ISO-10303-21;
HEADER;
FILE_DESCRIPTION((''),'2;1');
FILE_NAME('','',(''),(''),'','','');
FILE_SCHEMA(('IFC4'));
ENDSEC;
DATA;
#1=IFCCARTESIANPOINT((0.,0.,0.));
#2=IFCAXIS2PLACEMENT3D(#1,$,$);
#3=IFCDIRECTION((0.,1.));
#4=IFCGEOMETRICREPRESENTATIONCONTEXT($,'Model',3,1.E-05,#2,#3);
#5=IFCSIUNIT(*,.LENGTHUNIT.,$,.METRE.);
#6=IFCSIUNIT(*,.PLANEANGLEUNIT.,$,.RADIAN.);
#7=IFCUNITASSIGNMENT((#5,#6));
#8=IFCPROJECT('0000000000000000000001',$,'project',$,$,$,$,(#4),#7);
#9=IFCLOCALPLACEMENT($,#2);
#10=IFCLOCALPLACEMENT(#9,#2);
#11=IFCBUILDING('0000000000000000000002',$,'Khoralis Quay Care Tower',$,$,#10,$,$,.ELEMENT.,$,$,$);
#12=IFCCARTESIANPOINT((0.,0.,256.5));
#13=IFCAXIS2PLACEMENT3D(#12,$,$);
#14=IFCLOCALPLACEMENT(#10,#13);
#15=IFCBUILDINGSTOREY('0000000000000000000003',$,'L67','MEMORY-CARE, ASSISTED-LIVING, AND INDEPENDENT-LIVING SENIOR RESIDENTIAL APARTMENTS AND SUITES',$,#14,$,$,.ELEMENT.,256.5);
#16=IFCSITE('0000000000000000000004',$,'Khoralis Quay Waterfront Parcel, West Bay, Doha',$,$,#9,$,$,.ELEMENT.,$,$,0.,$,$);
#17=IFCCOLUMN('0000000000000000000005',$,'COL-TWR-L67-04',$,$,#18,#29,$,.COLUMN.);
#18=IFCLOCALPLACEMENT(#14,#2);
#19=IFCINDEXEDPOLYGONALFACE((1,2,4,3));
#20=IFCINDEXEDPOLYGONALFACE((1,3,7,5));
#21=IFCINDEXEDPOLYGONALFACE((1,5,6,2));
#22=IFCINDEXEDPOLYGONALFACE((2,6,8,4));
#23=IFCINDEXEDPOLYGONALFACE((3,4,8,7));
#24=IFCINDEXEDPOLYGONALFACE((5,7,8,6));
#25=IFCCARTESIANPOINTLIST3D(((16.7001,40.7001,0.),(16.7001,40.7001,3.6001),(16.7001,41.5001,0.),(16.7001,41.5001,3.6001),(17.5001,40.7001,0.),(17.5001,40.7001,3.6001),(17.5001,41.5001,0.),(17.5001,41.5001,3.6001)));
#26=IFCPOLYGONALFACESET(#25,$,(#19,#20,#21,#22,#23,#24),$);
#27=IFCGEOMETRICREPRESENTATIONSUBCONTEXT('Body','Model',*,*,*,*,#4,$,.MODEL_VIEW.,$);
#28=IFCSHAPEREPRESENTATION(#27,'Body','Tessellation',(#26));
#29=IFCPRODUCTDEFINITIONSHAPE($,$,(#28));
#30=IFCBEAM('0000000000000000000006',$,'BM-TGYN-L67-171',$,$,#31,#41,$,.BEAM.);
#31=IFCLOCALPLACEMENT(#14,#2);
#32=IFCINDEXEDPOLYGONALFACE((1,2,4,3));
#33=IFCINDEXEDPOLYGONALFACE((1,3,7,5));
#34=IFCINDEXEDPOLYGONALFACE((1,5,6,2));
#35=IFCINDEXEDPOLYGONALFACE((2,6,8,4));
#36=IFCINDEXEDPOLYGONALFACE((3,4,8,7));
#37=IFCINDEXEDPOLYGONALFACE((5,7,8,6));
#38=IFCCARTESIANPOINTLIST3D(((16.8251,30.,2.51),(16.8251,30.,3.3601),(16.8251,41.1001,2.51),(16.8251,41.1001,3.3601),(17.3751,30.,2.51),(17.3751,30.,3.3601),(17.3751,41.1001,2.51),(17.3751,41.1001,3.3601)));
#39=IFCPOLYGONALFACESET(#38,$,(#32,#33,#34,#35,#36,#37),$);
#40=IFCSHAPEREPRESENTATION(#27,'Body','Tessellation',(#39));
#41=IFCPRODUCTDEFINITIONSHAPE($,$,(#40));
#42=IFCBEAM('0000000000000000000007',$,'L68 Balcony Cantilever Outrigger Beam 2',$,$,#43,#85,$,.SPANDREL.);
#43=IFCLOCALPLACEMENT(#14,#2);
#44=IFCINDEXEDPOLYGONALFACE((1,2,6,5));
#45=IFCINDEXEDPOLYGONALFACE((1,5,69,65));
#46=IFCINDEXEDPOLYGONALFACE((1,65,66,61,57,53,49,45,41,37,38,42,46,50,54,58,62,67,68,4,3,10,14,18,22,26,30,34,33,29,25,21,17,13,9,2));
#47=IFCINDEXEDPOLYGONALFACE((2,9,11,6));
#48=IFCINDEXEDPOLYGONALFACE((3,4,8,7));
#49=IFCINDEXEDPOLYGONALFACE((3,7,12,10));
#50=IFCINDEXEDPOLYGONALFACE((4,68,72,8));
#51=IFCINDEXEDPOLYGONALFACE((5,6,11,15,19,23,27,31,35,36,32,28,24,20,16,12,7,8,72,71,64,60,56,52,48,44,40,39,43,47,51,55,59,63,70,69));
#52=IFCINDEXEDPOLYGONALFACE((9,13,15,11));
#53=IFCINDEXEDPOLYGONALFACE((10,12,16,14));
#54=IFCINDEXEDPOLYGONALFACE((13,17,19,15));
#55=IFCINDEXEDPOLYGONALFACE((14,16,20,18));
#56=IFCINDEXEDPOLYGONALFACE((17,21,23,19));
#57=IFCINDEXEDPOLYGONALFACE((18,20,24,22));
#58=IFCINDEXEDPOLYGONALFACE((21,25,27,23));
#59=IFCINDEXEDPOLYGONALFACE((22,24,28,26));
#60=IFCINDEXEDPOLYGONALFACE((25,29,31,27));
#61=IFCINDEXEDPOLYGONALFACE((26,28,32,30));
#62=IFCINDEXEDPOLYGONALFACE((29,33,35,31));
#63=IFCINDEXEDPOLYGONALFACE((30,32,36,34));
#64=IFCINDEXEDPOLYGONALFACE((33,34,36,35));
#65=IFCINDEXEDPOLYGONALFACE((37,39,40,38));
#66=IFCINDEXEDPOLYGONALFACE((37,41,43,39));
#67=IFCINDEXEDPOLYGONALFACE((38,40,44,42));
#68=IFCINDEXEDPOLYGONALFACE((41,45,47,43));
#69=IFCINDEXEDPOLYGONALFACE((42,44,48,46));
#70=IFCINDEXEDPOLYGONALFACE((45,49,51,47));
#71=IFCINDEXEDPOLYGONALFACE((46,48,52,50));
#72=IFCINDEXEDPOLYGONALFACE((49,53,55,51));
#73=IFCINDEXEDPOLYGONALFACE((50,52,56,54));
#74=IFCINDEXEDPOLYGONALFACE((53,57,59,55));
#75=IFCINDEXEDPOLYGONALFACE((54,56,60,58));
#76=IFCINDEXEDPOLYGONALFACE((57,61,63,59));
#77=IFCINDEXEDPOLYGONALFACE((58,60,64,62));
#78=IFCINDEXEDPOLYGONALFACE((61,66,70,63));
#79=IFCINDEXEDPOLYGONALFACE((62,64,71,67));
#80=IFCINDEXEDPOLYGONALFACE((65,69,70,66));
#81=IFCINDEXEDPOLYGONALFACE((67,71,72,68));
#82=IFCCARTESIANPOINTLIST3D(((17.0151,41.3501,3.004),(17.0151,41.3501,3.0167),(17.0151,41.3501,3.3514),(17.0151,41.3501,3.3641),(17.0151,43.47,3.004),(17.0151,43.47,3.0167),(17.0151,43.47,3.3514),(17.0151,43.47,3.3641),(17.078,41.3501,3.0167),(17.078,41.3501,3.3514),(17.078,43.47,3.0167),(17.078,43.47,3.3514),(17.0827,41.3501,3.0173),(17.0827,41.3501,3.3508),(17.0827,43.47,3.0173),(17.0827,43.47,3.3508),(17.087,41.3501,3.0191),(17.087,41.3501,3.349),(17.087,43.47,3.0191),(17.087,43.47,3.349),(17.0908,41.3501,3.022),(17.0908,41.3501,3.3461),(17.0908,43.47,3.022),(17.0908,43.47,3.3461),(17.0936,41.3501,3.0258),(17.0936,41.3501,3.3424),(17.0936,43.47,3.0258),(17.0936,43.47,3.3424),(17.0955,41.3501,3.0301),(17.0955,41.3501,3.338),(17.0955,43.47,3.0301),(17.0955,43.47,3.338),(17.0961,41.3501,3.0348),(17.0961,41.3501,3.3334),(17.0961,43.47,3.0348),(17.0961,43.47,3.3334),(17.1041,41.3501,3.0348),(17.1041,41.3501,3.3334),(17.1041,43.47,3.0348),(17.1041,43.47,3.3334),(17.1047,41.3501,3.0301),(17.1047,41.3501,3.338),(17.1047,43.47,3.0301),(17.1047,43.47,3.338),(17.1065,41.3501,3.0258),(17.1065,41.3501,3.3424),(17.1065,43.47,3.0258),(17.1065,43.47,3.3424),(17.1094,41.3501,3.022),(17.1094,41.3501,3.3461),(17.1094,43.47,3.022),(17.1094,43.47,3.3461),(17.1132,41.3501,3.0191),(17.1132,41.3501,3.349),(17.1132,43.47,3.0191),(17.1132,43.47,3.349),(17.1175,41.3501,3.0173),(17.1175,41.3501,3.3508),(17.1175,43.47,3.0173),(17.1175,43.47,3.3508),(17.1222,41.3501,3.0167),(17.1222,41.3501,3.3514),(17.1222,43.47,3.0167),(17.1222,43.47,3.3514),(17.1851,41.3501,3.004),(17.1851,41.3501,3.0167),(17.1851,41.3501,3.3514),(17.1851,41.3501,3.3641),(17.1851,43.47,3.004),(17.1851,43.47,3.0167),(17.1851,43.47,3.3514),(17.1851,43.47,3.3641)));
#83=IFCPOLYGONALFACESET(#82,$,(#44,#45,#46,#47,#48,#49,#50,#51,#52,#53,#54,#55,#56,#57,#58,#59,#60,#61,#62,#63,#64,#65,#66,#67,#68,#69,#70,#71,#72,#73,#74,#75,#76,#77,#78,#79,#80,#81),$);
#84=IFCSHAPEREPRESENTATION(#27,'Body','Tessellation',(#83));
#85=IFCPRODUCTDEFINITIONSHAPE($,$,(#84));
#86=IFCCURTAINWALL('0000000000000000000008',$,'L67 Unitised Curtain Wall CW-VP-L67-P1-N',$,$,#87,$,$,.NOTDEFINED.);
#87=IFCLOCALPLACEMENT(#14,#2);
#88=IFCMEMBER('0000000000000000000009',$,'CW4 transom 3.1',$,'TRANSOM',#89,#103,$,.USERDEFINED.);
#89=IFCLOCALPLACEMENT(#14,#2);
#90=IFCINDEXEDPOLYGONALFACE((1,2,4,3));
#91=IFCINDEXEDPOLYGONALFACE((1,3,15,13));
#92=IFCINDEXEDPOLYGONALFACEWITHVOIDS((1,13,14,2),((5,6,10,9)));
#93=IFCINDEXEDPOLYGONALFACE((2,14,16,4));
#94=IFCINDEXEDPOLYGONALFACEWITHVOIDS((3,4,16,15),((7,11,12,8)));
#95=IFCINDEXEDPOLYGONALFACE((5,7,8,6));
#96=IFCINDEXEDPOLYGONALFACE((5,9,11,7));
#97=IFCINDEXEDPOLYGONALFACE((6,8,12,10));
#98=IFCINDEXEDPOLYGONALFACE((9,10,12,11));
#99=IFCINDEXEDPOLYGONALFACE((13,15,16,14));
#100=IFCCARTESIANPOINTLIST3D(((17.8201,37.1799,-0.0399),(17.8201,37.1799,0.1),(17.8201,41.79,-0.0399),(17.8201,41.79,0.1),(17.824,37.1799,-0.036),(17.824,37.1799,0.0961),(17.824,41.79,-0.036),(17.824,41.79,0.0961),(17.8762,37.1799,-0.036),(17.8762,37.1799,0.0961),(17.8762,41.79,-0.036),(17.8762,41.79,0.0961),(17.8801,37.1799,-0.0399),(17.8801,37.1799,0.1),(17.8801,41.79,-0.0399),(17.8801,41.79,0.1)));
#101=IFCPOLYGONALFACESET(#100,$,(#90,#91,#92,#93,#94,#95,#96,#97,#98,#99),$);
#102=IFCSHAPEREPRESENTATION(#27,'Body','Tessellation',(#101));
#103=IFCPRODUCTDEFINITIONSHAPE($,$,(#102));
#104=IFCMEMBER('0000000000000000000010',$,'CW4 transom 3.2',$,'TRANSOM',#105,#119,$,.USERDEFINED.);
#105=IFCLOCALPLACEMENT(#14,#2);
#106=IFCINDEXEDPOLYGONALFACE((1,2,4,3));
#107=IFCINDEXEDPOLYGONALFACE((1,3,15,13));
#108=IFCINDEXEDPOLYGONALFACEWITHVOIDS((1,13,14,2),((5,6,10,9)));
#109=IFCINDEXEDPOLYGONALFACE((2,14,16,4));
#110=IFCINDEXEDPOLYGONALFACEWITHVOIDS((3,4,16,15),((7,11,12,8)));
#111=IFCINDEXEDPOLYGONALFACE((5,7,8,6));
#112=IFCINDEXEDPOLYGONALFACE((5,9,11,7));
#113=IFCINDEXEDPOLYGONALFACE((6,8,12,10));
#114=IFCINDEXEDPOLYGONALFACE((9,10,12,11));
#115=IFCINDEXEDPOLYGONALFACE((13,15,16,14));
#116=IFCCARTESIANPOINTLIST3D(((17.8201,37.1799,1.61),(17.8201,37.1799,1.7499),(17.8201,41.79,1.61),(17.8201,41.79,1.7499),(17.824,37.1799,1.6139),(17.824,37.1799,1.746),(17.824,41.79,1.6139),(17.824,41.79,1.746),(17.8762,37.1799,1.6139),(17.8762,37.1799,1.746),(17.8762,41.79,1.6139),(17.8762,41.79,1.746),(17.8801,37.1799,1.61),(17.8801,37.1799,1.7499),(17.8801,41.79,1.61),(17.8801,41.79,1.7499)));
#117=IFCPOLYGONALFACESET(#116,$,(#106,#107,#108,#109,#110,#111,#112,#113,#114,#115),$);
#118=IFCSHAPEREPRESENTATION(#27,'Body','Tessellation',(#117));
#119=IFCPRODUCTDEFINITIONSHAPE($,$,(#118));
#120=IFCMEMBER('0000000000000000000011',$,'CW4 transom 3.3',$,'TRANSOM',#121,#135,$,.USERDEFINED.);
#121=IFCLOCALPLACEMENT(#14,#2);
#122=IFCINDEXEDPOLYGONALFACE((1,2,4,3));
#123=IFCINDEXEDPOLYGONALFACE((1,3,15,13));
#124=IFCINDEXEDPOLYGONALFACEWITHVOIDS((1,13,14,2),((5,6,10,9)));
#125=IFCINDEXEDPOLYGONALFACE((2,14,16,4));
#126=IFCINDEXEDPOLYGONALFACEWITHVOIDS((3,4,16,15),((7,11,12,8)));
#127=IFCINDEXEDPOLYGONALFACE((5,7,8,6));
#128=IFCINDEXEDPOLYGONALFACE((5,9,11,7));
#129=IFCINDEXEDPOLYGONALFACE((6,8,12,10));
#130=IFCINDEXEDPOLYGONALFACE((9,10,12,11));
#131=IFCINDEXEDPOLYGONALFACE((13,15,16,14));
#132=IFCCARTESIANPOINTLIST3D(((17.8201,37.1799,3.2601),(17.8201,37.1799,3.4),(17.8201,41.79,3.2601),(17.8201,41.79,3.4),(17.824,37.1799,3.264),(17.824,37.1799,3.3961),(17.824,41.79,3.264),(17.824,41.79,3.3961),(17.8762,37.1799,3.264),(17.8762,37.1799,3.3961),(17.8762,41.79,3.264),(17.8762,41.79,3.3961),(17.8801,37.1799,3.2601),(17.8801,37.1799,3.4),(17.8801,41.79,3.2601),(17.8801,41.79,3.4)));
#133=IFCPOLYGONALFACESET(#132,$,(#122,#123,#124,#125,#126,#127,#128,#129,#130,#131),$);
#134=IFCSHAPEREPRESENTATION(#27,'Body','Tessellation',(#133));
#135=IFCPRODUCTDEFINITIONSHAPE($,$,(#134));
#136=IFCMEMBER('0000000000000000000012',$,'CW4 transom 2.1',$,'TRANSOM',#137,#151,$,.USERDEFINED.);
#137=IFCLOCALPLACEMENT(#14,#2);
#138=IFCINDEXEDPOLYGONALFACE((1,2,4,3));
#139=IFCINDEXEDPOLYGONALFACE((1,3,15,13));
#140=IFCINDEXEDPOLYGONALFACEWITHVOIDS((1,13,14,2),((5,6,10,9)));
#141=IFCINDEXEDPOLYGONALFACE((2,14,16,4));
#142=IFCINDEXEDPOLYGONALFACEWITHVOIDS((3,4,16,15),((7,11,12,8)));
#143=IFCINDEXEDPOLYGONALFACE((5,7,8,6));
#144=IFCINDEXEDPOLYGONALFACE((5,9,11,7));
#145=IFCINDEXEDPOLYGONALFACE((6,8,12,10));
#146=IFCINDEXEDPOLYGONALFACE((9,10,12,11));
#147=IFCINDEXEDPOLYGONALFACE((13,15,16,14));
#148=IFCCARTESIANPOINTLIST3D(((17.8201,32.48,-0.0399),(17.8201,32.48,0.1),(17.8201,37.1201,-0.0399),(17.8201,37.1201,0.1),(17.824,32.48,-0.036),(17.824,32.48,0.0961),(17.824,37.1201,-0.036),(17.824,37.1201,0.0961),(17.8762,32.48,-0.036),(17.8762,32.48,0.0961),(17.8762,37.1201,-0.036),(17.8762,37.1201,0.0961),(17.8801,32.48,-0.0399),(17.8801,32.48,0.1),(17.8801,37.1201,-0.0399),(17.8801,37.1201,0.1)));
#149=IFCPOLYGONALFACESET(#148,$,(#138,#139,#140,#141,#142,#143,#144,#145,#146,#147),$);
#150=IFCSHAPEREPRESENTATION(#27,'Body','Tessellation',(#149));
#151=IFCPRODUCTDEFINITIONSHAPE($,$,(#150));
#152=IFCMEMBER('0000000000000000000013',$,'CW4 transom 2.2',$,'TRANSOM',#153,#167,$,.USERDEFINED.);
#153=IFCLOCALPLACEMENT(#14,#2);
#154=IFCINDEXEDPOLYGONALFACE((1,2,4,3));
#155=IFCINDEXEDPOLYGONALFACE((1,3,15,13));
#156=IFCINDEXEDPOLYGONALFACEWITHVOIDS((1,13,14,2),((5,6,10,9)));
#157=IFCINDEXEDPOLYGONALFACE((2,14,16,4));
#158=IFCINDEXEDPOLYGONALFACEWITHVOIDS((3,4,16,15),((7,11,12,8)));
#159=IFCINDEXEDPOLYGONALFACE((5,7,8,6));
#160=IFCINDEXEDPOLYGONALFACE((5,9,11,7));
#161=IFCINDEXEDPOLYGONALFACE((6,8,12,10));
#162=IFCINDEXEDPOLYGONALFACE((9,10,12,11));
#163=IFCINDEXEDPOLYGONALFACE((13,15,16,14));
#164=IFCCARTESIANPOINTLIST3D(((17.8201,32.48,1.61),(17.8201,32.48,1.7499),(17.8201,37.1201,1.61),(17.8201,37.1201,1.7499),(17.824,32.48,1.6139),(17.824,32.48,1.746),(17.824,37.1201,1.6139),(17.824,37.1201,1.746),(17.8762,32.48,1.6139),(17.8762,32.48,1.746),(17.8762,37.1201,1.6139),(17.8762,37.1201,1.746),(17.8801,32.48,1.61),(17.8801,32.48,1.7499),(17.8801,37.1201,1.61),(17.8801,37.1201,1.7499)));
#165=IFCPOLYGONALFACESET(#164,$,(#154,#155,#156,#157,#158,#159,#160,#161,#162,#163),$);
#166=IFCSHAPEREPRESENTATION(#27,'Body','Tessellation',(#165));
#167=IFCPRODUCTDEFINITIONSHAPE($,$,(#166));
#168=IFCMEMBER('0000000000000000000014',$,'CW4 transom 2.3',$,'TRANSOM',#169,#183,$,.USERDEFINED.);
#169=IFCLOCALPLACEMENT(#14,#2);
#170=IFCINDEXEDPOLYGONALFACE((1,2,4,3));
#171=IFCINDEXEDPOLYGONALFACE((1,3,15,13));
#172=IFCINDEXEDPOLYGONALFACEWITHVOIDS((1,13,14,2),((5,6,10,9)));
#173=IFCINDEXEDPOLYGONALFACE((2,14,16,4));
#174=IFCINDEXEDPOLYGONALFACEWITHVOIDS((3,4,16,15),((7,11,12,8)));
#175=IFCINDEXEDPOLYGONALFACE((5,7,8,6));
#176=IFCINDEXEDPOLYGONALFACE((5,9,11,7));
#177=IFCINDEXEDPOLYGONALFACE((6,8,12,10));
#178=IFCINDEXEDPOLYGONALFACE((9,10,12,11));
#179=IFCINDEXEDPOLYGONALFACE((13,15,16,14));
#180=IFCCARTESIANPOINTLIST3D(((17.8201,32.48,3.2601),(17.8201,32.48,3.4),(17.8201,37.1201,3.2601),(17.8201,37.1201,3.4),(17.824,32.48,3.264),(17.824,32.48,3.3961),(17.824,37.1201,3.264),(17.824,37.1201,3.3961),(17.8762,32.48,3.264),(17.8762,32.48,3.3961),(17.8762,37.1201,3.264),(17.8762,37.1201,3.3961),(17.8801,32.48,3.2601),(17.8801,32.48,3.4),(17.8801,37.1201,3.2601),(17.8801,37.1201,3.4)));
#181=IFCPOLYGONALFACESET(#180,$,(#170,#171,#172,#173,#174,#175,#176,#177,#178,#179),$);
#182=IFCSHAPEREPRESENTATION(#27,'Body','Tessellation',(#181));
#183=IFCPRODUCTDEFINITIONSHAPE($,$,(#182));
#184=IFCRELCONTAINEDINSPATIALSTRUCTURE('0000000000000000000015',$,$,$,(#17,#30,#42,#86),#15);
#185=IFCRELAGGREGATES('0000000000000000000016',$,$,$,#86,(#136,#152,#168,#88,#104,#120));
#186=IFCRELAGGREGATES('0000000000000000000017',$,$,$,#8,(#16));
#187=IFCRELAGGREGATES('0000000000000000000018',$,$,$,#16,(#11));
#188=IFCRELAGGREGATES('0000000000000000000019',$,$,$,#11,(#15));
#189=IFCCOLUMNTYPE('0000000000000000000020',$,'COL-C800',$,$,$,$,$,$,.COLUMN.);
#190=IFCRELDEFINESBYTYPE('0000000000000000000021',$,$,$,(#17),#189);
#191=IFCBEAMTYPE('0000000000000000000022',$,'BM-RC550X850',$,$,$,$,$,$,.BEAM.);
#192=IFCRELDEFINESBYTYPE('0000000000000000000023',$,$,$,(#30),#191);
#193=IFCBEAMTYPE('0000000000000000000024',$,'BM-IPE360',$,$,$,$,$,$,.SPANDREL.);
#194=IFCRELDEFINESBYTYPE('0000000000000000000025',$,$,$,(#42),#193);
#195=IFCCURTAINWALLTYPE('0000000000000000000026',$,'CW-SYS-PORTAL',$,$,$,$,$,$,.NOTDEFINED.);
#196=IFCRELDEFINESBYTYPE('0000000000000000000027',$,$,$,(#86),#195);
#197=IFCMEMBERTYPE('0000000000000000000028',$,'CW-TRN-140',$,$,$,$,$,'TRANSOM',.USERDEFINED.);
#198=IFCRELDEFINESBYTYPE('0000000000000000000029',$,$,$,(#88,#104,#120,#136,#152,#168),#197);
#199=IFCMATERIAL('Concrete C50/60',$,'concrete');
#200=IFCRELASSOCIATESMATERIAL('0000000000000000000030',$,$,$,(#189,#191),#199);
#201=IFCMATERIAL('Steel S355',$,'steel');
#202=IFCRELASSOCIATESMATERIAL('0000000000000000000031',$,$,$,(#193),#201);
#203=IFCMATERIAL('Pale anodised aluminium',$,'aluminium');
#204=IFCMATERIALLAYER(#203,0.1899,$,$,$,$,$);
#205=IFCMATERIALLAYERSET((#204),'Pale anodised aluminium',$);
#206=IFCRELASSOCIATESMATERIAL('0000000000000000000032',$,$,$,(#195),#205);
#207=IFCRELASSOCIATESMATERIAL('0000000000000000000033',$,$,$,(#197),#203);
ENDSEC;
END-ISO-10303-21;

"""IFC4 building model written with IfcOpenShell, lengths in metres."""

from ifc_helpers import new_model, si_unit, direction, frame, origin, origin_2d, place, context, subcontext, project, spatial, rectangle, hollow_rectangle, i_section, extrude, source, transform, mapped, material, layer, layer_set, material_profile, profile_set, type_object, element, aggregate, save


model = new_model("IFC4")

# Units and contexts
model_context = context("Model", 3, precision=1e-05, world=origin(), true_north=direction((0.0, 1.0)))
body_context = subcontext(model_context, "Body", "Model", "MODEL_VIEW")
ifc_project = project(units=[si_unit("LENGTHUNIT", "METRE"), si_unit("PLANEANGLEUNIT", "RADIAN")], contexts=[model_context])

# Site, building, storey
site_placement = place(None, origin())
site = spatial("IfcSite", under=ifc_project, at=site_placement, Name="Khoralis Quay Waterfront Parcel, West Bay, Doha", CompositionType="ELEMENT", RefElevation=0.0)
building_placement = place(site_placement, origin())
building = spatial("IfcBuilding", under=site, at=building_placement, Name="Khoralis Quay Care Tower", CompositionType="ELEMENT")
storey_placement = place(building_placement, frame((0.0, 0.0, 256.5)))
storey = spatial("IfcBuildingStorey", under=building, at=storey_placement, Name="L67", Description="MEMORY-CARE, ASSISTED-LIVING, AND INDEPENDENT-LIVING SENIOR RESIDENTIAL APARTMENTS AND SUITES", CompositionType="ELEMENT", Elevation=256.5)

# Column
ifc_material_1 = material(Name="Concrete C50/60", Category="concrete")
ifc_material_profile_1 = material_profile(ifc_material_1, rectangle(XDim=0.8, YDim=0.8, at=origin_2d()), Name="Concrete C50/60")
ifc_profile_set_1 = profile_set([ifc_material_profile_1], Name="Concrete C50/60")
column_type = type_object("IfcColumnType", Name="COL-C800", PredefinedType="COLUMN", material=ifc_profile_set_1)
shared_shape_1 = source(origin(), body_context, "Body", "SweptSolid", [
    extrude(rectangle(XDim=0.8, YDim=0.8, at=origin_2d()), origin(), (0.0, 0.0, 1.0), 3.6001),
])
column_placement = place(storey_placement, frame((17.1001, 41.1001, 0.0), z_axis=(0.0, 0.0, 1.0), x_axis=(1.0, 0.0, 0.0)))
element("IfcColumn", 1, at=column_placement, inside=storey, type_object=column_type, Name="COL-TWR-L67-04", PredefinedType="COLUMN", context=body_context, shape_type="MappedRepresentation", body=[
    mapped(shared_shape_1, transform((0.0, 0.0, 0.0), scale=1.0)),
])

# Beams
ifc_material_profile_2 = material_profile(ifc_material_1, rectangle(XDim=0.55, YDim=0.8501, at=origin_2d()), Name="Concrete C50/60")
ifc_profile_set_2 = profile_set([ifc_material_profile_2], Name="Concrete C50/60")
beam_type_1 = type_object("IfcBeamType", Name="BM-RC550X850", PredefinedType="BEAM", material=ifc_profile_set_2)
shared_shape_2 = source(origin(), body_context, "Body", "SweptSolid", [
    extrude(rectangle(XDim=0.55, YDim=0.8501, at=origin_2d()), origin(), (0.0, 0.0, 1.0), 11.1001),
])
beam_1_placement = place(storey_placement, frame((17.1001, 30.0, 2.9351), z_axis=(0.0, 1.0, 0.0), x_axis=(-1.0, 0.0, 0.0)))
element("IfcBeam", 2, at=beam_1_placement, inside=storey, type_object=beam_type_1, Name="BM-TGYN-L67-171", PredefinedType="BEAM", context=body_context, shape_type="MappedRepresentation", body=[
    mapped(shared_shape_2, transform((0.0, 0.0, 0.0), scale=1.0)),
])
ifc_material_2 = material(Name="Steel S355", Category="steel")
ifc_material_profile_3 = material_profile(ifc_material_2, i_section(OverallWidth=0.1699, OverallDepth=0.3601, WebThickness=0.0081, FlangeThickness=0.0127, FilletRadius=0.0181, at=origin_2d()), Name="Steel S355")
ifc_profile_set_3 = profile_set([ifc_material_profile_3], Name="Steel S355")
beam_type_2 = type_object("IfcBeamType", Name="BM-IPE360", PredefinedType="SPANDREL", material=ifc_profile_set_3)
shared_shape_3 = source(origin(), body_context, "Body", "SweptSolid", [
    extrude(i_section(OverallWidth=0.1699, OverallDepth=0.3601, WebThickness=0.0081, FlangeThickness=0.0127, FilletRadius=0.0181, at=origin_2d()), origin(), (0.0, 0.0, 1.0), 2.1199),
])
beam_2_placement = place(storey_placement, frame((17.1001, 41.3501, 3.1841), z_axis=(0.0, 1.0, 0.0), x_axis=(-1.0, 0.0, 0.0)))
element("IfcBeam", 3, at=beam_2_placement, inside=storey, type_object=beam_type_2, Name="L68 Balcony Cantilever Outrigger Beam 2", PredefinedType="SPANDREL", context=body_context, shape_type="MappedRepresentation", body=[
    mapped(shared_shape_3, transform((0.0, 0.0, 0.0), scale=1.0)),
])

# Curtain wall, members
ifc_material_3 = material(Name="Pale anodised aluminium", Category="aluminium")
ifc_layer_1 = layer(ifc_material_3, 0.1899)
ifc_layer_set_1 = layer_set([ifc_layer_1], Name="Pale anodised aluminium")
curtain_wall_type = type_object("IfcCurtainWallType", Name="CW-SYS-PORTAL", PredefinedType="NOTDEFINED", material=ifc_layer_set_1)
curtain_wall_placement = place(storey_placement, origin())
curtain_wall = element("IfcCurtainWall", 4, at=curtain_wall_placement, inside=storey, type_object=curtain_wall_type, Name="L67 Unitised Curtain Wall CW-VP-L67-P1-N", PredefinedType="NOTDEFINED")
ifc_material_profile_4 = material_profile(ifc_material_3, hollow_rectangle(XDim=0.0601, YDim=0.1399, WallThickness=0.0039, at=origin_2d()), Name="Pale anodised aluminium")
ifc_profile_set_4 = profile_set([ifc_material_profile_4], Name="Pale anodised aluminium")
member_type_1 = type_object("IfcMemberType", Name="CW-TRN-140", ElementType="TRANSOM", PredefinedType="USERDEFINED", material=ifc_profile_set_4)
shared_shape_4 = source(origin(), body_context, "Body", "SweptSolid", [
    extrude(hollow_rectangle(XDim=0.0601, YDim=0.1399, WallThickness=0.0039, at=origin_2d()), origin(), (0.0, 0.0, 1.0), 4.6101),
])
member_1_placement = place(storey_placement, frame((17.8501, 37.1799, 0.03), z_axis=(0.0, 1.0, 0.0), x_axis=(-1.0, 0.0, 0.0)))
member_1 = element("IfcMember", 5, at=member_1_placement, type_object=member_type_1, Name="CW4 transom 3.1", ObjectType="TRANSOM", PredefinedType="USERDEFINED", context=body_context, shape_type="MappedRepresentation", body=[
    mapped(shared_shape_4, transform((0.0, 0.0, 0.0), scale=1.0)),
])
member_2_placement = place(storey_placement, frame((17.8501, 37.1799, 1.6799), z_axis=(0.0, 1.0, 0.0), x_axis=(-1.0, 0.0, 0.0)))
member_2 = element("IfcMember", 6, at=member_2_placement, type_object=member_type_1, Name="CW4 transom 3.2", ObjectType="TRANSOM", PredefinedType="USERDEFINED", context=body_context, shape_type="MappedRepresentation", body=[
    mapped(shared_shape_4, transform((0.0, 0.0, 0.0), scale=1.0)),
])
member_3_placement = place(storey_placement, frame((17.8501, 37.1799, 3.3301), z_axis=(0.0, 1.0, 0.0), x_axis=(-1.0, 0.0, 0.0)))
member_3 = element("IfcMember", 7, at=member_3_placement, type_object=member_type_1, Name="CW4 transom 3.3", ObjectType="TRANSOM", PredefinedType="USERDEFINED", context=body_context, shape_type="MappedRepresentation", body=[
    mapped(shared_shape_4, transform((0.0, 0.0, 0.0), scale=1.0)),
])
shared_shape_5 = source(origin(), body_context, "Body", "SweptSolid", [
    extrude(hollow_rectangle(XDim=0.0601, YDim=0.1399, WallThickness=0.0039, at=origin_2d()), origin(), (0.0, 0.0, 1.0), 4.6401),
])
member_4_placement = place(storey_placement, frame((17.8501, 32.48, 0.03), z_axis=(0.0, 1.0, 0.0), x_axis=(-1.0, 0.0, 0.0)))
member_4 = element("IfcMember", 8, at=member_4_placement, type_object=member_type_1, Name="CW4 transom 2.1", ObjectType="TRANSOM", PredefinedType="USERDEFINED", context=body_context, shape_type="MappedRepresentation", body=[
    mapped(shared_shape_5, transform((0.0, 0.0, 0.0), scale=1.0)),
])
member_5_placement = place(storey_placement, frame((17.8501, 32.48, 1.6799), z_axis=(0.0, 1.0, 0.0), x_axis=(-1.0, 0.0, 0.0)))
member_5 = element("IfcMember", 9, at=member_5_placement, type_object=member_type_1, Name="CW4 transom 2.2", ObjectType="TRANSOM", PredefinedType="USERDEFINED", context=body_context, shape_type="MappedRepresentation", body=[
    mapped(shared_shape_5, transform((0.0, 0.0, 0.0), scale=1.0)),
])
member_6_placement = place(storey_placement, frame((17.8501, 32.48, 3.3301), z_axis=(0.0, 1.0, 0.0), x_axis=(-1.0, 0.0, 0.0)))
member_6 = element("IfcMember", 10, at=member_6_placement, type_object=member_type_1, Name="CW4 transom 2.3", ObjectType="TRANSOM", PredefinedType="USERDEFINED", context=body_context, shape_type="MappedRepresentation", body=[
    mapped(shared_shape_5, transform((0.0, 0.0, 0.0), scale=1.0)),
])
aggregate(curtain_wall, [member_4, member_5, member_6, member_1, member_2, member_3])

save(model, "model.ifc")
